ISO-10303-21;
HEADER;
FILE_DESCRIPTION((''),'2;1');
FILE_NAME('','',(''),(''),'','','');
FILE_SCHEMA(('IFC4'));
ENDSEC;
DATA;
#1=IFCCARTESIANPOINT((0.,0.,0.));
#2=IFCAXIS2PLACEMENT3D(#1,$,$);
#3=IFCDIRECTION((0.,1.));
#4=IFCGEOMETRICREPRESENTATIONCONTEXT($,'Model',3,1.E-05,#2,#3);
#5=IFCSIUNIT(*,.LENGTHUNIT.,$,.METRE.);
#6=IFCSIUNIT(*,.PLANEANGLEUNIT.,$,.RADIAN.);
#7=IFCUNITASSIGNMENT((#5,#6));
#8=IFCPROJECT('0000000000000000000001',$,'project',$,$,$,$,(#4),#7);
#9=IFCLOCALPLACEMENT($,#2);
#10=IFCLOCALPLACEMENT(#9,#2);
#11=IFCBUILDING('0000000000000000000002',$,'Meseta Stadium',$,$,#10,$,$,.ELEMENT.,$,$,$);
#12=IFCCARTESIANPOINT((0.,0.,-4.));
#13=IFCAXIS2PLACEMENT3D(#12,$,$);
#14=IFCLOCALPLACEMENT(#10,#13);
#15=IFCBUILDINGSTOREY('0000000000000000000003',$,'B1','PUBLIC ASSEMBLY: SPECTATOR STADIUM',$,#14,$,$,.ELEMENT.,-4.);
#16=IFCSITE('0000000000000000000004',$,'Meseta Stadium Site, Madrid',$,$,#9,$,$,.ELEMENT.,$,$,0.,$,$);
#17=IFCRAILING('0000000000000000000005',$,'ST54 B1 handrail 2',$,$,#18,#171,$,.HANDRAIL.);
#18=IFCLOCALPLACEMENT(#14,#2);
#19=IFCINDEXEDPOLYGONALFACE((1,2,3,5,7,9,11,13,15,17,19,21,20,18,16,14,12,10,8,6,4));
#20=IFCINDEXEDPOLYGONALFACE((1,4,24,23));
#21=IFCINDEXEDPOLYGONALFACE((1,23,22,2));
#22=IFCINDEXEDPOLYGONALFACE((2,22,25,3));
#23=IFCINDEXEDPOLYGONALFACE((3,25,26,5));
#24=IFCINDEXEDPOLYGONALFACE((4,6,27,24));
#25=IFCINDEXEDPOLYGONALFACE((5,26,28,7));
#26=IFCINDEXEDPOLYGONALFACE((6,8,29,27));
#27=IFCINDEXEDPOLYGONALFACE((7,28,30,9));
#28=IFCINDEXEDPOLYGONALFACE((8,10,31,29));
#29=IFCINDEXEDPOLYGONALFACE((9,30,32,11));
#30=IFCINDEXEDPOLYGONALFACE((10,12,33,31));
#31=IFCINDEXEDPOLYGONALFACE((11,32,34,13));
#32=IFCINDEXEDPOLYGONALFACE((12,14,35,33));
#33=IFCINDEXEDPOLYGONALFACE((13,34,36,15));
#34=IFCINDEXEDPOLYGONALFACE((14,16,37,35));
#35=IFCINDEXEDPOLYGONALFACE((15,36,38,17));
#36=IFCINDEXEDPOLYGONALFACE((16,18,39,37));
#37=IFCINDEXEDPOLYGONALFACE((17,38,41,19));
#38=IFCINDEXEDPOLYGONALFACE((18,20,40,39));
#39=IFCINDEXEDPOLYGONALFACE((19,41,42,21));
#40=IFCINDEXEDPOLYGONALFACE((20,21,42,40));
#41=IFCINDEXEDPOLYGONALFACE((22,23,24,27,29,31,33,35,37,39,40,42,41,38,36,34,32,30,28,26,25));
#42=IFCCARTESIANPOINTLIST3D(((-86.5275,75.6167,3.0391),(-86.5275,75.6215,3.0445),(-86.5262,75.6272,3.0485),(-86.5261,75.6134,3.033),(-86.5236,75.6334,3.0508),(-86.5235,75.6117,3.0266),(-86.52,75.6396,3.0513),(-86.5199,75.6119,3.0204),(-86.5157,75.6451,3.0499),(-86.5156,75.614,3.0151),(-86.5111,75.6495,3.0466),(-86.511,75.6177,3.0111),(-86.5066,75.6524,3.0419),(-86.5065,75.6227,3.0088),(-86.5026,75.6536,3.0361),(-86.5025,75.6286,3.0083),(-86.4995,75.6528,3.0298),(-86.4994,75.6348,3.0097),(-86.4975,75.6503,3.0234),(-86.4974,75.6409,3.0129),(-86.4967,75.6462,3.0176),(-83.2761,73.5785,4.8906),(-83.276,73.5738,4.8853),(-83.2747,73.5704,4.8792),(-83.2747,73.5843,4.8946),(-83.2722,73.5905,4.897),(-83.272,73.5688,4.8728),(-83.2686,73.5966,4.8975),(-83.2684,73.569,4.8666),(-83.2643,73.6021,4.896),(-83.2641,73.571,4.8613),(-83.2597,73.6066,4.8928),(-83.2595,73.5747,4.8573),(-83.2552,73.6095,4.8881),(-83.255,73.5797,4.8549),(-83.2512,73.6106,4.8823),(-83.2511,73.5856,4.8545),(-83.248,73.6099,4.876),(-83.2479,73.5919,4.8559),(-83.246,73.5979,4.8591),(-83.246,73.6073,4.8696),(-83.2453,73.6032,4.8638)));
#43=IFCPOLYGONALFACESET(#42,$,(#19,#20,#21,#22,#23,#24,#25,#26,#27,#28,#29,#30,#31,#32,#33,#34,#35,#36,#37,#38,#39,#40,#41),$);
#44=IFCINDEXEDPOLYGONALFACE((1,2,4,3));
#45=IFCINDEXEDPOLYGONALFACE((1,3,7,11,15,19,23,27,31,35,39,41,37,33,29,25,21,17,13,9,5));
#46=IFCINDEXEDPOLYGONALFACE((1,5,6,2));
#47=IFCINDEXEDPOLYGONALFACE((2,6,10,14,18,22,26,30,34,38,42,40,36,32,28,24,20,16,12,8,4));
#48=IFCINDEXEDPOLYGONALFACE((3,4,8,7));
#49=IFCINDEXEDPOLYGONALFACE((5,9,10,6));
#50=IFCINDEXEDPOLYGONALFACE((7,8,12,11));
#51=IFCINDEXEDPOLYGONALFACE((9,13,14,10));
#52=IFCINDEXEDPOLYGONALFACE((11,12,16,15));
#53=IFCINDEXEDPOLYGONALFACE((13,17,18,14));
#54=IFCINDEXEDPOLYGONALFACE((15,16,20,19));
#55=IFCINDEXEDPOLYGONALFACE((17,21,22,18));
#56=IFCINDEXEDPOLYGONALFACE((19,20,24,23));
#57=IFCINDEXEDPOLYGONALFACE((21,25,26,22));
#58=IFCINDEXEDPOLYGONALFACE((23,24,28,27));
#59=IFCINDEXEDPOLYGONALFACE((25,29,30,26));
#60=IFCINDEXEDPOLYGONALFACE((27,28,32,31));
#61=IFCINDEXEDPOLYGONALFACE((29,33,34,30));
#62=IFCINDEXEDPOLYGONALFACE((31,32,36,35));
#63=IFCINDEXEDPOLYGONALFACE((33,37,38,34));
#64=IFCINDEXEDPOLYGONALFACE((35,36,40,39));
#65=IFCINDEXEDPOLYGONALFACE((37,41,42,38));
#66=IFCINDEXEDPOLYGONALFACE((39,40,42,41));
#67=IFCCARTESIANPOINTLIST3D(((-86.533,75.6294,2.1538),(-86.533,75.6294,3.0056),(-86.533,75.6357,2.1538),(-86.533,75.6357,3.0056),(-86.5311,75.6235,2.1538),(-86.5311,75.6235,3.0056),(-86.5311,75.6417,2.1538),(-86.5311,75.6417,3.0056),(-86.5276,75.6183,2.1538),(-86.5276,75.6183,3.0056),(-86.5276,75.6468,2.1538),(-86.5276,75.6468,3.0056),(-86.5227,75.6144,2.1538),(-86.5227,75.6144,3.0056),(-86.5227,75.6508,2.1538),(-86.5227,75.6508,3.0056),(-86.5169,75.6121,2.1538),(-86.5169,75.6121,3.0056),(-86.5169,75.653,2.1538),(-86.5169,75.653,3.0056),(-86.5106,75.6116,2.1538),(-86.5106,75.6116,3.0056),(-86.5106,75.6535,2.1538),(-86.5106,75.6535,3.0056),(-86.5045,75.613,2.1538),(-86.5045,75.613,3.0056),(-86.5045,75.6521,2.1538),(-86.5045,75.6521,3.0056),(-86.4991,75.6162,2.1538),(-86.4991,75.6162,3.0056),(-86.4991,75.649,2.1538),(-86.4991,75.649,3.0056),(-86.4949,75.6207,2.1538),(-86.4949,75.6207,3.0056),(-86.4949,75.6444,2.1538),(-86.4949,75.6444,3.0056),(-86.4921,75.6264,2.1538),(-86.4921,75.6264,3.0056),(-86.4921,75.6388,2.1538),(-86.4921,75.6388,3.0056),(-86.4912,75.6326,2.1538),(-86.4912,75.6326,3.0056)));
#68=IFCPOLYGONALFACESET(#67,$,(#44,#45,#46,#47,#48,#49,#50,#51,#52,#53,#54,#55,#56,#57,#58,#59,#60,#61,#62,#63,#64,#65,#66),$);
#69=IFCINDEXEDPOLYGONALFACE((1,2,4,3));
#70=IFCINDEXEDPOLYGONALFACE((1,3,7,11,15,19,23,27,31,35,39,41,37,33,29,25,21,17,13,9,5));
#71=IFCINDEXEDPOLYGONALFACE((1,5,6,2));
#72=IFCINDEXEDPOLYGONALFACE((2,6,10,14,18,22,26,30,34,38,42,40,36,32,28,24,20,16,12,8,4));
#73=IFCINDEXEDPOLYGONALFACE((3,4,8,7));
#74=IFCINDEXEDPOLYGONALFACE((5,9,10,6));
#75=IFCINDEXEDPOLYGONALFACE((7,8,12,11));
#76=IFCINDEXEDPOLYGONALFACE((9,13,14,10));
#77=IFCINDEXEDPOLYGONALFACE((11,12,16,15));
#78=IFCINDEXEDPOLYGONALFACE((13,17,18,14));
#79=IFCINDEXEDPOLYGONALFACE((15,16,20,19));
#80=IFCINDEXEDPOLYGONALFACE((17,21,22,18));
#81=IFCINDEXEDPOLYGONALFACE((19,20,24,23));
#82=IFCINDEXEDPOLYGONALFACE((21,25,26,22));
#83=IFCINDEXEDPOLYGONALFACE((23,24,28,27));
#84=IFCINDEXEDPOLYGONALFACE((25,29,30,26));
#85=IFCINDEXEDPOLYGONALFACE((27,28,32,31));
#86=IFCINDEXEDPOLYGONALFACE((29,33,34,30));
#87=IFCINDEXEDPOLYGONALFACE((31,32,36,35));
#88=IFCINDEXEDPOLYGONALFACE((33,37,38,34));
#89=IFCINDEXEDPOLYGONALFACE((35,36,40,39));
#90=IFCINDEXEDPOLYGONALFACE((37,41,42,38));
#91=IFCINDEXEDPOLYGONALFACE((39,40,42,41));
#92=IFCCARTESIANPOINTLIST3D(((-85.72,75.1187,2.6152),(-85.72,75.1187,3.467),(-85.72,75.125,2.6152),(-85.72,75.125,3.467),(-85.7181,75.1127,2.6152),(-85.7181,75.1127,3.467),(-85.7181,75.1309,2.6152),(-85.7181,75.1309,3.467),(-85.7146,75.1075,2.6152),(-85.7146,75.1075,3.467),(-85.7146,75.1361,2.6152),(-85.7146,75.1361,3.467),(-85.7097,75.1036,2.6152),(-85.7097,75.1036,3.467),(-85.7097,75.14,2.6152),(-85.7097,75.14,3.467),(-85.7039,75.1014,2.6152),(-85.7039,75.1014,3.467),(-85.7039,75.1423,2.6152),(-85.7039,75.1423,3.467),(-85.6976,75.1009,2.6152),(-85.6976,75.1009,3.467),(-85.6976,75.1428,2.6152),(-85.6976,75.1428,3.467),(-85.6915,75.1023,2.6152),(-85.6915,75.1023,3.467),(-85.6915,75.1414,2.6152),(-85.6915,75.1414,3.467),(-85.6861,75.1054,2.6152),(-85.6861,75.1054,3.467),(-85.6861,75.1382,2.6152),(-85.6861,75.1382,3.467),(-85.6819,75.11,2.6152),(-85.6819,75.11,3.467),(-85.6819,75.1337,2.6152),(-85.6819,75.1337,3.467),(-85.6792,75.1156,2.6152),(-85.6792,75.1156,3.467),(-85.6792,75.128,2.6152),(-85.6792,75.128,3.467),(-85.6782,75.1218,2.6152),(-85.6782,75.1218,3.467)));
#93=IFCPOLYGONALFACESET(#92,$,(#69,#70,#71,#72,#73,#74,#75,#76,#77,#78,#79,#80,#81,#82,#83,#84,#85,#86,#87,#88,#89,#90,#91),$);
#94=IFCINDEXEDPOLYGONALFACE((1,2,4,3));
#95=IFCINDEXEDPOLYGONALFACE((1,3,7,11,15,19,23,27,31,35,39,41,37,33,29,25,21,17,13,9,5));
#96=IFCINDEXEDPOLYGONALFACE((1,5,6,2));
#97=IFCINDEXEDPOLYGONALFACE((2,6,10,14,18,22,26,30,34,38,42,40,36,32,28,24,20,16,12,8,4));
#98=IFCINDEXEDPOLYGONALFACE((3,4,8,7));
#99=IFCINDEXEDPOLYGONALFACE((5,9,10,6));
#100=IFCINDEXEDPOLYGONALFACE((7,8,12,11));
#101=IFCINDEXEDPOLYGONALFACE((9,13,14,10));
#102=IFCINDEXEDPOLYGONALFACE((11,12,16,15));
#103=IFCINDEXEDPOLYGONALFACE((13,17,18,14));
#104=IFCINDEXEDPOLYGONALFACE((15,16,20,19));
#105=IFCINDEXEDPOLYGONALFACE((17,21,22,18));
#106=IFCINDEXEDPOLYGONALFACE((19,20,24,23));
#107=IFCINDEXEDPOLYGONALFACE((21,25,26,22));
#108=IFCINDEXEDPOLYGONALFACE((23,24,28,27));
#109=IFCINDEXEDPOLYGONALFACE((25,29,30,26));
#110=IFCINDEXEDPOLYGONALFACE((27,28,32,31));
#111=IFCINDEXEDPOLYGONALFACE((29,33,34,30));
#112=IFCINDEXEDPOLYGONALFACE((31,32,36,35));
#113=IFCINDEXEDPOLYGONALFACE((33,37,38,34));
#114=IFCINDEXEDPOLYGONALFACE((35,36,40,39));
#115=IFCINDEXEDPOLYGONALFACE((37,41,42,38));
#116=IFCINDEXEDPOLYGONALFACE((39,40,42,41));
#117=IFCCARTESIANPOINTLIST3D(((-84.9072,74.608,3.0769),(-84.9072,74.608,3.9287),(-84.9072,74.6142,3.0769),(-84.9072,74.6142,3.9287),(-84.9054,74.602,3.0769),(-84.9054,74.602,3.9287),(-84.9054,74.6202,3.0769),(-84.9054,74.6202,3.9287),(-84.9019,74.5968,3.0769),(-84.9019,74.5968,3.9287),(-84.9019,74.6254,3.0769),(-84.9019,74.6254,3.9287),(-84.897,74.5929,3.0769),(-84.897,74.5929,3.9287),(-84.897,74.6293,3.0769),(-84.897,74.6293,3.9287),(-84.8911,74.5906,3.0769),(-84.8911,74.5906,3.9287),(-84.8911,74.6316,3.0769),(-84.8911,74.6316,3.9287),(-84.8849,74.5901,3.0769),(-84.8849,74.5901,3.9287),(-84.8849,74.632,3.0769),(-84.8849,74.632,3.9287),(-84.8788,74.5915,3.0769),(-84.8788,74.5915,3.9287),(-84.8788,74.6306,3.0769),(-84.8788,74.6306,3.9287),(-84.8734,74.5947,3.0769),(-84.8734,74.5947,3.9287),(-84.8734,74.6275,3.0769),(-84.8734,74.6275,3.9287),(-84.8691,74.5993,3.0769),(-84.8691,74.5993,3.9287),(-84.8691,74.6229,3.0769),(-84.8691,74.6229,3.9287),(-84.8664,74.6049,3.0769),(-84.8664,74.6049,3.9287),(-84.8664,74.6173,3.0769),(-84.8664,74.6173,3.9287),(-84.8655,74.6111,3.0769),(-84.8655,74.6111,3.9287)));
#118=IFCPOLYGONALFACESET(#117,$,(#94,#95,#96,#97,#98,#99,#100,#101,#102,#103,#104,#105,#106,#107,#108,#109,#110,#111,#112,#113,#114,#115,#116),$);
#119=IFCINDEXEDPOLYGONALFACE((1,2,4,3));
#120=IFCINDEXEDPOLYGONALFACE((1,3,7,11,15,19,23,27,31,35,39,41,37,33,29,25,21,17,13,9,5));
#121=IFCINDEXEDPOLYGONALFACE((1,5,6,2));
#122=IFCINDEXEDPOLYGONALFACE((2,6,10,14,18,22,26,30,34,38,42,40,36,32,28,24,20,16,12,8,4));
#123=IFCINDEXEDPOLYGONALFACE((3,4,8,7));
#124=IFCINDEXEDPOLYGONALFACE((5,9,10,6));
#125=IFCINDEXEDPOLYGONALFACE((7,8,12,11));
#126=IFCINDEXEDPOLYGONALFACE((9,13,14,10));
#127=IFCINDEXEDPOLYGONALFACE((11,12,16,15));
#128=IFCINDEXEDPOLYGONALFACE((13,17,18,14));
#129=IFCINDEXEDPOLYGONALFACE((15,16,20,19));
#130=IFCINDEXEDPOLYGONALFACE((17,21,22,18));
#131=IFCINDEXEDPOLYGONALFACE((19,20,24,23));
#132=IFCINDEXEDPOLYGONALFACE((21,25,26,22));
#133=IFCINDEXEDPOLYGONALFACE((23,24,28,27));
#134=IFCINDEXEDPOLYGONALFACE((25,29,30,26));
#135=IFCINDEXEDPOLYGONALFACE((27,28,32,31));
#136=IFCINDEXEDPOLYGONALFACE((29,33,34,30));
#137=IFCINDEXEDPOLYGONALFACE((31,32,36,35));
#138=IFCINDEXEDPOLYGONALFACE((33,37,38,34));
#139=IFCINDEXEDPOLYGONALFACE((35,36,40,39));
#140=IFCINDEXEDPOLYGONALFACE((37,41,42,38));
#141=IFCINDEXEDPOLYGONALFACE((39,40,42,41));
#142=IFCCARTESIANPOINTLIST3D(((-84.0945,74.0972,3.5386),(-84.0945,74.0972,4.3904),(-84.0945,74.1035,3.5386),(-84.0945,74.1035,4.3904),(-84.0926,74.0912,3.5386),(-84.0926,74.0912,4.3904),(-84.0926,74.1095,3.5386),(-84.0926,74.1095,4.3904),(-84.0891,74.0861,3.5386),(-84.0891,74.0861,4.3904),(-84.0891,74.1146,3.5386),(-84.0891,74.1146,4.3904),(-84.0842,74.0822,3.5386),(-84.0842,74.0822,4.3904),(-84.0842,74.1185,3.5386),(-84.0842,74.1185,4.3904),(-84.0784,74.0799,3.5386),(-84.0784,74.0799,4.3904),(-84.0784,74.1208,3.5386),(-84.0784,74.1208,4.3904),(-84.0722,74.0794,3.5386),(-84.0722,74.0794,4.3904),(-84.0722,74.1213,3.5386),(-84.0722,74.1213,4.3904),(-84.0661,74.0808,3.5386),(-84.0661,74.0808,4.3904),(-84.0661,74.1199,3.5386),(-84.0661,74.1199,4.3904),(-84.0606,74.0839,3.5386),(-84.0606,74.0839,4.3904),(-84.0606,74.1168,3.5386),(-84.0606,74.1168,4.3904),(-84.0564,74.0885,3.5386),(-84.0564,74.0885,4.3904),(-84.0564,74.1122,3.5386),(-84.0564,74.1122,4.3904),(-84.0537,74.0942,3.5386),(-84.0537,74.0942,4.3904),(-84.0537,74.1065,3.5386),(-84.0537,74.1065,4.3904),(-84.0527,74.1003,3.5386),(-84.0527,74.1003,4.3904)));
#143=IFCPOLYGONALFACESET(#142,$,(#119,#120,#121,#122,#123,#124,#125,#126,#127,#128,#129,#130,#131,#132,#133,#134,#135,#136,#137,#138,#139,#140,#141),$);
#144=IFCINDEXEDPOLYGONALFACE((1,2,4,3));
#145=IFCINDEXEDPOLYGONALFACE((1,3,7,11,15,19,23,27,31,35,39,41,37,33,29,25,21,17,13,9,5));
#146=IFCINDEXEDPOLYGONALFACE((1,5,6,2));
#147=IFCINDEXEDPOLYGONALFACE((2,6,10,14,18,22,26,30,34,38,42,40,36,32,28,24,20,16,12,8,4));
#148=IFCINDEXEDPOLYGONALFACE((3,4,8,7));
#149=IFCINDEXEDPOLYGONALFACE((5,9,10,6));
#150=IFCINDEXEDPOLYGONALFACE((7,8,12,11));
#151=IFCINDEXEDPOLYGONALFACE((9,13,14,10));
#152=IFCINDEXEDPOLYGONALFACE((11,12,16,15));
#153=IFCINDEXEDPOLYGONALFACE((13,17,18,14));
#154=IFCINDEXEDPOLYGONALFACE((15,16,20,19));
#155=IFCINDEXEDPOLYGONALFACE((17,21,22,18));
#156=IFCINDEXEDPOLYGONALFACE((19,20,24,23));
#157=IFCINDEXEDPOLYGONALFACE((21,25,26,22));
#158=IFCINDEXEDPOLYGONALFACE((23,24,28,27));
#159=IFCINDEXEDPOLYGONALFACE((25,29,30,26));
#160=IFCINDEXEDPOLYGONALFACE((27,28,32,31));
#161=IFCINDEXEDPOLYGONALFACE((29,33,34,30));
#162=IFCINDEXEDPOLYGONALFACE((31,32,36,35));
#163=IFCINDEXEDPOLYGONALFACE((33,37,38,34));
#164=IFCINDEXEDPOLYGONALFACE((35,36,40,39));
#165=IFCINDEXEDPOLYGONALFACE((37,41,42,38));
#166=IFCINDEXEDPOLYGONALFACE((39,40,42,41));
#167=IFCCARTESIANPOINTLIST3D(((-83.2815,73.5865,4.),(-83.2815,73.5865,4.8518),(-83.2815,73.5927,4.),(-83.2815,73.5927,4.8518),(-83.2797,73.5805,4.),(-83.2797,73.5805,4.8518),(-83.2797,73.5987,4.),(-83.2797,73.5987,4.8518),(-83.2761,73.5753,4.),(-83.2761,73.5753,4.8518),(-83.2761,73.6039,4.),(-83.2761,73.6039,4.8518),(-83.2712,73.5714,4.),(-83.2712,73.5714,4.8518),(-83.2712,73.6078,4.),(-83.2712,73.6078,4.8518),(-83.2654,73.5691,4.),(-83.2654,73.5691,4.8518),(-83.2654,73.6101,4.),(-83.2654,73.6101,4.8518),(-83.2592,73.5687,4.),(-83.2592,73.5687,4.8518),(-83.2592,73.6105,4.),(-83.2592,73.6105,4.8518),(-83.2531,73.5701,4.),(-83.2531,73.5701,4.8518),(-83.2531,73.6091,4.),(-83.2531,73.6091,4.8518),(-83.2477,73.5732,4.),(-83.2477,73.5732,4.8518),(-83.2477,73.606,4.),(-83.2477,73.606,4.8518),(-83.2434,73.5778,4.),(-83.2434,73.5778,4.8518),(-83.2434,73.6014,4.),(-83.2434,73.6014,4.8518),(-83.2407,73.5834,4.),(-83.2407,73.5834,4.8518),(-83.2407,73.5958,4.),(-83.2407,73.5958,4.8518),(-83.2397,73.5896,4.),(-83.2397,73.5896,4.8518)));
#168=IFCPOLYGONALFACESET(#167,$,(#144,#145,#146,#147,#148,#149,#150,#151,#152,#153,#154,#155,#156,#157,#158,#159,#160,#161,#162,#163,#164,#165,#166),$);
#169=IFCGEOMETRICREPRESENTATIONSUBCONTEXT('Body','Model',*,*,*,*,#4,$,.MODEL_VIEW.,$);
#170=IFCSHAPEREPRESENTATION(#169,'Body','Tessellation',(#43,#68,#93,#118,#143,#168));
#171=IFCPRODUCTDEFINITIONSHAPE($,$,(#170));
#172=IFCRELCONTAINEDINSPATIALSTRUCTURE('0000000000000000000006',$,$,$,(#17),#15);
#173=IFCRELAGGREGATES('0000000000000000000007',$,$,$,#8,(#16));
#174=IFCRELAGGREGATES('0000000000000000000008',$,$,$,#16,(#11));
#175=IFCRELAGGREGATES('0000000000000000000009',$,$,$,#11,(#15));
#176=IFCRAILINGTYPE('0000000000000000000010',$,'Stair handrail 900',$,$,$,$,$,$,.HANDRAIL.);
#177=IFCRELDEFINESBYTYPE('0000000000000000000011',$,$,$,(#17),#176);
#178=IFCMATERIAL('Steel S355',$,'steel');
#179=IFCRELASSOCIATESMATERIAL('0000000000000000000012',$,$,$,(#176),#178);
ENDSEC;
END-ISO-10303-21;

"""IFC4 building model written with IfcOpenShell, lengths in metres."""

from ifc_helpers import new_model, si_unit, direction, frame, origin, origin_2d, place, context, subcontext, project, spatial, circle, extrude, material, type_object, element, save


model = new_model("IFC4")

# Units and contexts
model_context = context("Model", 3, precision=1e-05, world=origin(), true_north=direction((0.0, 1.0)))
body_context = subcontext(model_context, "Body", "Model", "MODEL_VIEW")
ifc_project = project(units=[si_unit("LENGTHUNIT", "METRE"), si_unit("PLANEANGLEUNIT", "RADIAN")], contexts=[model_context])

# Site, building, storey
site_placement = place(None, origin())
site = spatial("IfcSite", under=ifc_project, at=site_placement, Name="Meseta Stadium Site, Madrid", CompositionType="ELEMENT", RefElevation=0.0)
building_placement = place(site_placement, origin())
building = spatial("IfcBuilding", under=site, at=building_placement, Name="Meseta Stadium", CompositionType="ELEMENT")
storey_placement = place(building_placement, frame((0.0, 0.0, -4.0)))
storey = spatial("IfcBuildingStorey", under=building, at=storey_placement, Name="B1", Description="PUBLIC ASSEMBLY: SPECTATOR STADIUM", CompositionType="ELEMENT", Elevation=-4.0)

# Railing
ifc_material_1 = material(Name="Steel S355", Category="steel")
railing_type_1 = type_object("IfcRailingType", Name="Stair handrail 900", PredefinedType="HANDRAIL", material=ifc_material_1)
railing_1_placement = place(storey_placement, frame((-86.5122, 75.6326, 2.1538)))
element("IfcRailing", 1, at=railing_1_placement, inside=storey, type_object=railing_type_1, Name="ST54 B1 handrail 2", PredefinedType="HANDRAIL", context=body_context, shape_type="SweptSolid", body=[
    extrude(circle(Radius=0.0239, at=origin_2d()), frame((0.0, 0.0, 0.876), z_axis=(0.763117, -0.479483, 0.4333), x_axis=(0.53202, 0.846731, 0.0)), (0.0, 0.0, 1.0), 4.2607),
    extrude(circle(Radius=0.021, at=origin_2d()), origin(), (0.0, 0.0, 1.0), 0.8518),
    extrude(circle(Radius=0.021, at=origin_2d()), frame((0.813, -0.5107, 0.4614)), (0.0, 0.0, 1.0), 0.8518),
    extrude(circle(Radius=0.021, at=origin_2d()), frame((1.6257, -1.0215, 0.9231)), (0.0, 0.0, 1.0), 0.8518),
    extrude(circle(Radius=0.021, at=origin_2d()), frame((2.4385, -1.5322, 1.3848)), (0.0, 0.0, 1.0), 0.8518),
    extrude(circle(Radius=0.021, at=origin_2d()), frame((3.2515, -2.043, 1.8462)), (0.0, 0.0, 1.0), 0.8518),
])

save(model, "model.ifc")
